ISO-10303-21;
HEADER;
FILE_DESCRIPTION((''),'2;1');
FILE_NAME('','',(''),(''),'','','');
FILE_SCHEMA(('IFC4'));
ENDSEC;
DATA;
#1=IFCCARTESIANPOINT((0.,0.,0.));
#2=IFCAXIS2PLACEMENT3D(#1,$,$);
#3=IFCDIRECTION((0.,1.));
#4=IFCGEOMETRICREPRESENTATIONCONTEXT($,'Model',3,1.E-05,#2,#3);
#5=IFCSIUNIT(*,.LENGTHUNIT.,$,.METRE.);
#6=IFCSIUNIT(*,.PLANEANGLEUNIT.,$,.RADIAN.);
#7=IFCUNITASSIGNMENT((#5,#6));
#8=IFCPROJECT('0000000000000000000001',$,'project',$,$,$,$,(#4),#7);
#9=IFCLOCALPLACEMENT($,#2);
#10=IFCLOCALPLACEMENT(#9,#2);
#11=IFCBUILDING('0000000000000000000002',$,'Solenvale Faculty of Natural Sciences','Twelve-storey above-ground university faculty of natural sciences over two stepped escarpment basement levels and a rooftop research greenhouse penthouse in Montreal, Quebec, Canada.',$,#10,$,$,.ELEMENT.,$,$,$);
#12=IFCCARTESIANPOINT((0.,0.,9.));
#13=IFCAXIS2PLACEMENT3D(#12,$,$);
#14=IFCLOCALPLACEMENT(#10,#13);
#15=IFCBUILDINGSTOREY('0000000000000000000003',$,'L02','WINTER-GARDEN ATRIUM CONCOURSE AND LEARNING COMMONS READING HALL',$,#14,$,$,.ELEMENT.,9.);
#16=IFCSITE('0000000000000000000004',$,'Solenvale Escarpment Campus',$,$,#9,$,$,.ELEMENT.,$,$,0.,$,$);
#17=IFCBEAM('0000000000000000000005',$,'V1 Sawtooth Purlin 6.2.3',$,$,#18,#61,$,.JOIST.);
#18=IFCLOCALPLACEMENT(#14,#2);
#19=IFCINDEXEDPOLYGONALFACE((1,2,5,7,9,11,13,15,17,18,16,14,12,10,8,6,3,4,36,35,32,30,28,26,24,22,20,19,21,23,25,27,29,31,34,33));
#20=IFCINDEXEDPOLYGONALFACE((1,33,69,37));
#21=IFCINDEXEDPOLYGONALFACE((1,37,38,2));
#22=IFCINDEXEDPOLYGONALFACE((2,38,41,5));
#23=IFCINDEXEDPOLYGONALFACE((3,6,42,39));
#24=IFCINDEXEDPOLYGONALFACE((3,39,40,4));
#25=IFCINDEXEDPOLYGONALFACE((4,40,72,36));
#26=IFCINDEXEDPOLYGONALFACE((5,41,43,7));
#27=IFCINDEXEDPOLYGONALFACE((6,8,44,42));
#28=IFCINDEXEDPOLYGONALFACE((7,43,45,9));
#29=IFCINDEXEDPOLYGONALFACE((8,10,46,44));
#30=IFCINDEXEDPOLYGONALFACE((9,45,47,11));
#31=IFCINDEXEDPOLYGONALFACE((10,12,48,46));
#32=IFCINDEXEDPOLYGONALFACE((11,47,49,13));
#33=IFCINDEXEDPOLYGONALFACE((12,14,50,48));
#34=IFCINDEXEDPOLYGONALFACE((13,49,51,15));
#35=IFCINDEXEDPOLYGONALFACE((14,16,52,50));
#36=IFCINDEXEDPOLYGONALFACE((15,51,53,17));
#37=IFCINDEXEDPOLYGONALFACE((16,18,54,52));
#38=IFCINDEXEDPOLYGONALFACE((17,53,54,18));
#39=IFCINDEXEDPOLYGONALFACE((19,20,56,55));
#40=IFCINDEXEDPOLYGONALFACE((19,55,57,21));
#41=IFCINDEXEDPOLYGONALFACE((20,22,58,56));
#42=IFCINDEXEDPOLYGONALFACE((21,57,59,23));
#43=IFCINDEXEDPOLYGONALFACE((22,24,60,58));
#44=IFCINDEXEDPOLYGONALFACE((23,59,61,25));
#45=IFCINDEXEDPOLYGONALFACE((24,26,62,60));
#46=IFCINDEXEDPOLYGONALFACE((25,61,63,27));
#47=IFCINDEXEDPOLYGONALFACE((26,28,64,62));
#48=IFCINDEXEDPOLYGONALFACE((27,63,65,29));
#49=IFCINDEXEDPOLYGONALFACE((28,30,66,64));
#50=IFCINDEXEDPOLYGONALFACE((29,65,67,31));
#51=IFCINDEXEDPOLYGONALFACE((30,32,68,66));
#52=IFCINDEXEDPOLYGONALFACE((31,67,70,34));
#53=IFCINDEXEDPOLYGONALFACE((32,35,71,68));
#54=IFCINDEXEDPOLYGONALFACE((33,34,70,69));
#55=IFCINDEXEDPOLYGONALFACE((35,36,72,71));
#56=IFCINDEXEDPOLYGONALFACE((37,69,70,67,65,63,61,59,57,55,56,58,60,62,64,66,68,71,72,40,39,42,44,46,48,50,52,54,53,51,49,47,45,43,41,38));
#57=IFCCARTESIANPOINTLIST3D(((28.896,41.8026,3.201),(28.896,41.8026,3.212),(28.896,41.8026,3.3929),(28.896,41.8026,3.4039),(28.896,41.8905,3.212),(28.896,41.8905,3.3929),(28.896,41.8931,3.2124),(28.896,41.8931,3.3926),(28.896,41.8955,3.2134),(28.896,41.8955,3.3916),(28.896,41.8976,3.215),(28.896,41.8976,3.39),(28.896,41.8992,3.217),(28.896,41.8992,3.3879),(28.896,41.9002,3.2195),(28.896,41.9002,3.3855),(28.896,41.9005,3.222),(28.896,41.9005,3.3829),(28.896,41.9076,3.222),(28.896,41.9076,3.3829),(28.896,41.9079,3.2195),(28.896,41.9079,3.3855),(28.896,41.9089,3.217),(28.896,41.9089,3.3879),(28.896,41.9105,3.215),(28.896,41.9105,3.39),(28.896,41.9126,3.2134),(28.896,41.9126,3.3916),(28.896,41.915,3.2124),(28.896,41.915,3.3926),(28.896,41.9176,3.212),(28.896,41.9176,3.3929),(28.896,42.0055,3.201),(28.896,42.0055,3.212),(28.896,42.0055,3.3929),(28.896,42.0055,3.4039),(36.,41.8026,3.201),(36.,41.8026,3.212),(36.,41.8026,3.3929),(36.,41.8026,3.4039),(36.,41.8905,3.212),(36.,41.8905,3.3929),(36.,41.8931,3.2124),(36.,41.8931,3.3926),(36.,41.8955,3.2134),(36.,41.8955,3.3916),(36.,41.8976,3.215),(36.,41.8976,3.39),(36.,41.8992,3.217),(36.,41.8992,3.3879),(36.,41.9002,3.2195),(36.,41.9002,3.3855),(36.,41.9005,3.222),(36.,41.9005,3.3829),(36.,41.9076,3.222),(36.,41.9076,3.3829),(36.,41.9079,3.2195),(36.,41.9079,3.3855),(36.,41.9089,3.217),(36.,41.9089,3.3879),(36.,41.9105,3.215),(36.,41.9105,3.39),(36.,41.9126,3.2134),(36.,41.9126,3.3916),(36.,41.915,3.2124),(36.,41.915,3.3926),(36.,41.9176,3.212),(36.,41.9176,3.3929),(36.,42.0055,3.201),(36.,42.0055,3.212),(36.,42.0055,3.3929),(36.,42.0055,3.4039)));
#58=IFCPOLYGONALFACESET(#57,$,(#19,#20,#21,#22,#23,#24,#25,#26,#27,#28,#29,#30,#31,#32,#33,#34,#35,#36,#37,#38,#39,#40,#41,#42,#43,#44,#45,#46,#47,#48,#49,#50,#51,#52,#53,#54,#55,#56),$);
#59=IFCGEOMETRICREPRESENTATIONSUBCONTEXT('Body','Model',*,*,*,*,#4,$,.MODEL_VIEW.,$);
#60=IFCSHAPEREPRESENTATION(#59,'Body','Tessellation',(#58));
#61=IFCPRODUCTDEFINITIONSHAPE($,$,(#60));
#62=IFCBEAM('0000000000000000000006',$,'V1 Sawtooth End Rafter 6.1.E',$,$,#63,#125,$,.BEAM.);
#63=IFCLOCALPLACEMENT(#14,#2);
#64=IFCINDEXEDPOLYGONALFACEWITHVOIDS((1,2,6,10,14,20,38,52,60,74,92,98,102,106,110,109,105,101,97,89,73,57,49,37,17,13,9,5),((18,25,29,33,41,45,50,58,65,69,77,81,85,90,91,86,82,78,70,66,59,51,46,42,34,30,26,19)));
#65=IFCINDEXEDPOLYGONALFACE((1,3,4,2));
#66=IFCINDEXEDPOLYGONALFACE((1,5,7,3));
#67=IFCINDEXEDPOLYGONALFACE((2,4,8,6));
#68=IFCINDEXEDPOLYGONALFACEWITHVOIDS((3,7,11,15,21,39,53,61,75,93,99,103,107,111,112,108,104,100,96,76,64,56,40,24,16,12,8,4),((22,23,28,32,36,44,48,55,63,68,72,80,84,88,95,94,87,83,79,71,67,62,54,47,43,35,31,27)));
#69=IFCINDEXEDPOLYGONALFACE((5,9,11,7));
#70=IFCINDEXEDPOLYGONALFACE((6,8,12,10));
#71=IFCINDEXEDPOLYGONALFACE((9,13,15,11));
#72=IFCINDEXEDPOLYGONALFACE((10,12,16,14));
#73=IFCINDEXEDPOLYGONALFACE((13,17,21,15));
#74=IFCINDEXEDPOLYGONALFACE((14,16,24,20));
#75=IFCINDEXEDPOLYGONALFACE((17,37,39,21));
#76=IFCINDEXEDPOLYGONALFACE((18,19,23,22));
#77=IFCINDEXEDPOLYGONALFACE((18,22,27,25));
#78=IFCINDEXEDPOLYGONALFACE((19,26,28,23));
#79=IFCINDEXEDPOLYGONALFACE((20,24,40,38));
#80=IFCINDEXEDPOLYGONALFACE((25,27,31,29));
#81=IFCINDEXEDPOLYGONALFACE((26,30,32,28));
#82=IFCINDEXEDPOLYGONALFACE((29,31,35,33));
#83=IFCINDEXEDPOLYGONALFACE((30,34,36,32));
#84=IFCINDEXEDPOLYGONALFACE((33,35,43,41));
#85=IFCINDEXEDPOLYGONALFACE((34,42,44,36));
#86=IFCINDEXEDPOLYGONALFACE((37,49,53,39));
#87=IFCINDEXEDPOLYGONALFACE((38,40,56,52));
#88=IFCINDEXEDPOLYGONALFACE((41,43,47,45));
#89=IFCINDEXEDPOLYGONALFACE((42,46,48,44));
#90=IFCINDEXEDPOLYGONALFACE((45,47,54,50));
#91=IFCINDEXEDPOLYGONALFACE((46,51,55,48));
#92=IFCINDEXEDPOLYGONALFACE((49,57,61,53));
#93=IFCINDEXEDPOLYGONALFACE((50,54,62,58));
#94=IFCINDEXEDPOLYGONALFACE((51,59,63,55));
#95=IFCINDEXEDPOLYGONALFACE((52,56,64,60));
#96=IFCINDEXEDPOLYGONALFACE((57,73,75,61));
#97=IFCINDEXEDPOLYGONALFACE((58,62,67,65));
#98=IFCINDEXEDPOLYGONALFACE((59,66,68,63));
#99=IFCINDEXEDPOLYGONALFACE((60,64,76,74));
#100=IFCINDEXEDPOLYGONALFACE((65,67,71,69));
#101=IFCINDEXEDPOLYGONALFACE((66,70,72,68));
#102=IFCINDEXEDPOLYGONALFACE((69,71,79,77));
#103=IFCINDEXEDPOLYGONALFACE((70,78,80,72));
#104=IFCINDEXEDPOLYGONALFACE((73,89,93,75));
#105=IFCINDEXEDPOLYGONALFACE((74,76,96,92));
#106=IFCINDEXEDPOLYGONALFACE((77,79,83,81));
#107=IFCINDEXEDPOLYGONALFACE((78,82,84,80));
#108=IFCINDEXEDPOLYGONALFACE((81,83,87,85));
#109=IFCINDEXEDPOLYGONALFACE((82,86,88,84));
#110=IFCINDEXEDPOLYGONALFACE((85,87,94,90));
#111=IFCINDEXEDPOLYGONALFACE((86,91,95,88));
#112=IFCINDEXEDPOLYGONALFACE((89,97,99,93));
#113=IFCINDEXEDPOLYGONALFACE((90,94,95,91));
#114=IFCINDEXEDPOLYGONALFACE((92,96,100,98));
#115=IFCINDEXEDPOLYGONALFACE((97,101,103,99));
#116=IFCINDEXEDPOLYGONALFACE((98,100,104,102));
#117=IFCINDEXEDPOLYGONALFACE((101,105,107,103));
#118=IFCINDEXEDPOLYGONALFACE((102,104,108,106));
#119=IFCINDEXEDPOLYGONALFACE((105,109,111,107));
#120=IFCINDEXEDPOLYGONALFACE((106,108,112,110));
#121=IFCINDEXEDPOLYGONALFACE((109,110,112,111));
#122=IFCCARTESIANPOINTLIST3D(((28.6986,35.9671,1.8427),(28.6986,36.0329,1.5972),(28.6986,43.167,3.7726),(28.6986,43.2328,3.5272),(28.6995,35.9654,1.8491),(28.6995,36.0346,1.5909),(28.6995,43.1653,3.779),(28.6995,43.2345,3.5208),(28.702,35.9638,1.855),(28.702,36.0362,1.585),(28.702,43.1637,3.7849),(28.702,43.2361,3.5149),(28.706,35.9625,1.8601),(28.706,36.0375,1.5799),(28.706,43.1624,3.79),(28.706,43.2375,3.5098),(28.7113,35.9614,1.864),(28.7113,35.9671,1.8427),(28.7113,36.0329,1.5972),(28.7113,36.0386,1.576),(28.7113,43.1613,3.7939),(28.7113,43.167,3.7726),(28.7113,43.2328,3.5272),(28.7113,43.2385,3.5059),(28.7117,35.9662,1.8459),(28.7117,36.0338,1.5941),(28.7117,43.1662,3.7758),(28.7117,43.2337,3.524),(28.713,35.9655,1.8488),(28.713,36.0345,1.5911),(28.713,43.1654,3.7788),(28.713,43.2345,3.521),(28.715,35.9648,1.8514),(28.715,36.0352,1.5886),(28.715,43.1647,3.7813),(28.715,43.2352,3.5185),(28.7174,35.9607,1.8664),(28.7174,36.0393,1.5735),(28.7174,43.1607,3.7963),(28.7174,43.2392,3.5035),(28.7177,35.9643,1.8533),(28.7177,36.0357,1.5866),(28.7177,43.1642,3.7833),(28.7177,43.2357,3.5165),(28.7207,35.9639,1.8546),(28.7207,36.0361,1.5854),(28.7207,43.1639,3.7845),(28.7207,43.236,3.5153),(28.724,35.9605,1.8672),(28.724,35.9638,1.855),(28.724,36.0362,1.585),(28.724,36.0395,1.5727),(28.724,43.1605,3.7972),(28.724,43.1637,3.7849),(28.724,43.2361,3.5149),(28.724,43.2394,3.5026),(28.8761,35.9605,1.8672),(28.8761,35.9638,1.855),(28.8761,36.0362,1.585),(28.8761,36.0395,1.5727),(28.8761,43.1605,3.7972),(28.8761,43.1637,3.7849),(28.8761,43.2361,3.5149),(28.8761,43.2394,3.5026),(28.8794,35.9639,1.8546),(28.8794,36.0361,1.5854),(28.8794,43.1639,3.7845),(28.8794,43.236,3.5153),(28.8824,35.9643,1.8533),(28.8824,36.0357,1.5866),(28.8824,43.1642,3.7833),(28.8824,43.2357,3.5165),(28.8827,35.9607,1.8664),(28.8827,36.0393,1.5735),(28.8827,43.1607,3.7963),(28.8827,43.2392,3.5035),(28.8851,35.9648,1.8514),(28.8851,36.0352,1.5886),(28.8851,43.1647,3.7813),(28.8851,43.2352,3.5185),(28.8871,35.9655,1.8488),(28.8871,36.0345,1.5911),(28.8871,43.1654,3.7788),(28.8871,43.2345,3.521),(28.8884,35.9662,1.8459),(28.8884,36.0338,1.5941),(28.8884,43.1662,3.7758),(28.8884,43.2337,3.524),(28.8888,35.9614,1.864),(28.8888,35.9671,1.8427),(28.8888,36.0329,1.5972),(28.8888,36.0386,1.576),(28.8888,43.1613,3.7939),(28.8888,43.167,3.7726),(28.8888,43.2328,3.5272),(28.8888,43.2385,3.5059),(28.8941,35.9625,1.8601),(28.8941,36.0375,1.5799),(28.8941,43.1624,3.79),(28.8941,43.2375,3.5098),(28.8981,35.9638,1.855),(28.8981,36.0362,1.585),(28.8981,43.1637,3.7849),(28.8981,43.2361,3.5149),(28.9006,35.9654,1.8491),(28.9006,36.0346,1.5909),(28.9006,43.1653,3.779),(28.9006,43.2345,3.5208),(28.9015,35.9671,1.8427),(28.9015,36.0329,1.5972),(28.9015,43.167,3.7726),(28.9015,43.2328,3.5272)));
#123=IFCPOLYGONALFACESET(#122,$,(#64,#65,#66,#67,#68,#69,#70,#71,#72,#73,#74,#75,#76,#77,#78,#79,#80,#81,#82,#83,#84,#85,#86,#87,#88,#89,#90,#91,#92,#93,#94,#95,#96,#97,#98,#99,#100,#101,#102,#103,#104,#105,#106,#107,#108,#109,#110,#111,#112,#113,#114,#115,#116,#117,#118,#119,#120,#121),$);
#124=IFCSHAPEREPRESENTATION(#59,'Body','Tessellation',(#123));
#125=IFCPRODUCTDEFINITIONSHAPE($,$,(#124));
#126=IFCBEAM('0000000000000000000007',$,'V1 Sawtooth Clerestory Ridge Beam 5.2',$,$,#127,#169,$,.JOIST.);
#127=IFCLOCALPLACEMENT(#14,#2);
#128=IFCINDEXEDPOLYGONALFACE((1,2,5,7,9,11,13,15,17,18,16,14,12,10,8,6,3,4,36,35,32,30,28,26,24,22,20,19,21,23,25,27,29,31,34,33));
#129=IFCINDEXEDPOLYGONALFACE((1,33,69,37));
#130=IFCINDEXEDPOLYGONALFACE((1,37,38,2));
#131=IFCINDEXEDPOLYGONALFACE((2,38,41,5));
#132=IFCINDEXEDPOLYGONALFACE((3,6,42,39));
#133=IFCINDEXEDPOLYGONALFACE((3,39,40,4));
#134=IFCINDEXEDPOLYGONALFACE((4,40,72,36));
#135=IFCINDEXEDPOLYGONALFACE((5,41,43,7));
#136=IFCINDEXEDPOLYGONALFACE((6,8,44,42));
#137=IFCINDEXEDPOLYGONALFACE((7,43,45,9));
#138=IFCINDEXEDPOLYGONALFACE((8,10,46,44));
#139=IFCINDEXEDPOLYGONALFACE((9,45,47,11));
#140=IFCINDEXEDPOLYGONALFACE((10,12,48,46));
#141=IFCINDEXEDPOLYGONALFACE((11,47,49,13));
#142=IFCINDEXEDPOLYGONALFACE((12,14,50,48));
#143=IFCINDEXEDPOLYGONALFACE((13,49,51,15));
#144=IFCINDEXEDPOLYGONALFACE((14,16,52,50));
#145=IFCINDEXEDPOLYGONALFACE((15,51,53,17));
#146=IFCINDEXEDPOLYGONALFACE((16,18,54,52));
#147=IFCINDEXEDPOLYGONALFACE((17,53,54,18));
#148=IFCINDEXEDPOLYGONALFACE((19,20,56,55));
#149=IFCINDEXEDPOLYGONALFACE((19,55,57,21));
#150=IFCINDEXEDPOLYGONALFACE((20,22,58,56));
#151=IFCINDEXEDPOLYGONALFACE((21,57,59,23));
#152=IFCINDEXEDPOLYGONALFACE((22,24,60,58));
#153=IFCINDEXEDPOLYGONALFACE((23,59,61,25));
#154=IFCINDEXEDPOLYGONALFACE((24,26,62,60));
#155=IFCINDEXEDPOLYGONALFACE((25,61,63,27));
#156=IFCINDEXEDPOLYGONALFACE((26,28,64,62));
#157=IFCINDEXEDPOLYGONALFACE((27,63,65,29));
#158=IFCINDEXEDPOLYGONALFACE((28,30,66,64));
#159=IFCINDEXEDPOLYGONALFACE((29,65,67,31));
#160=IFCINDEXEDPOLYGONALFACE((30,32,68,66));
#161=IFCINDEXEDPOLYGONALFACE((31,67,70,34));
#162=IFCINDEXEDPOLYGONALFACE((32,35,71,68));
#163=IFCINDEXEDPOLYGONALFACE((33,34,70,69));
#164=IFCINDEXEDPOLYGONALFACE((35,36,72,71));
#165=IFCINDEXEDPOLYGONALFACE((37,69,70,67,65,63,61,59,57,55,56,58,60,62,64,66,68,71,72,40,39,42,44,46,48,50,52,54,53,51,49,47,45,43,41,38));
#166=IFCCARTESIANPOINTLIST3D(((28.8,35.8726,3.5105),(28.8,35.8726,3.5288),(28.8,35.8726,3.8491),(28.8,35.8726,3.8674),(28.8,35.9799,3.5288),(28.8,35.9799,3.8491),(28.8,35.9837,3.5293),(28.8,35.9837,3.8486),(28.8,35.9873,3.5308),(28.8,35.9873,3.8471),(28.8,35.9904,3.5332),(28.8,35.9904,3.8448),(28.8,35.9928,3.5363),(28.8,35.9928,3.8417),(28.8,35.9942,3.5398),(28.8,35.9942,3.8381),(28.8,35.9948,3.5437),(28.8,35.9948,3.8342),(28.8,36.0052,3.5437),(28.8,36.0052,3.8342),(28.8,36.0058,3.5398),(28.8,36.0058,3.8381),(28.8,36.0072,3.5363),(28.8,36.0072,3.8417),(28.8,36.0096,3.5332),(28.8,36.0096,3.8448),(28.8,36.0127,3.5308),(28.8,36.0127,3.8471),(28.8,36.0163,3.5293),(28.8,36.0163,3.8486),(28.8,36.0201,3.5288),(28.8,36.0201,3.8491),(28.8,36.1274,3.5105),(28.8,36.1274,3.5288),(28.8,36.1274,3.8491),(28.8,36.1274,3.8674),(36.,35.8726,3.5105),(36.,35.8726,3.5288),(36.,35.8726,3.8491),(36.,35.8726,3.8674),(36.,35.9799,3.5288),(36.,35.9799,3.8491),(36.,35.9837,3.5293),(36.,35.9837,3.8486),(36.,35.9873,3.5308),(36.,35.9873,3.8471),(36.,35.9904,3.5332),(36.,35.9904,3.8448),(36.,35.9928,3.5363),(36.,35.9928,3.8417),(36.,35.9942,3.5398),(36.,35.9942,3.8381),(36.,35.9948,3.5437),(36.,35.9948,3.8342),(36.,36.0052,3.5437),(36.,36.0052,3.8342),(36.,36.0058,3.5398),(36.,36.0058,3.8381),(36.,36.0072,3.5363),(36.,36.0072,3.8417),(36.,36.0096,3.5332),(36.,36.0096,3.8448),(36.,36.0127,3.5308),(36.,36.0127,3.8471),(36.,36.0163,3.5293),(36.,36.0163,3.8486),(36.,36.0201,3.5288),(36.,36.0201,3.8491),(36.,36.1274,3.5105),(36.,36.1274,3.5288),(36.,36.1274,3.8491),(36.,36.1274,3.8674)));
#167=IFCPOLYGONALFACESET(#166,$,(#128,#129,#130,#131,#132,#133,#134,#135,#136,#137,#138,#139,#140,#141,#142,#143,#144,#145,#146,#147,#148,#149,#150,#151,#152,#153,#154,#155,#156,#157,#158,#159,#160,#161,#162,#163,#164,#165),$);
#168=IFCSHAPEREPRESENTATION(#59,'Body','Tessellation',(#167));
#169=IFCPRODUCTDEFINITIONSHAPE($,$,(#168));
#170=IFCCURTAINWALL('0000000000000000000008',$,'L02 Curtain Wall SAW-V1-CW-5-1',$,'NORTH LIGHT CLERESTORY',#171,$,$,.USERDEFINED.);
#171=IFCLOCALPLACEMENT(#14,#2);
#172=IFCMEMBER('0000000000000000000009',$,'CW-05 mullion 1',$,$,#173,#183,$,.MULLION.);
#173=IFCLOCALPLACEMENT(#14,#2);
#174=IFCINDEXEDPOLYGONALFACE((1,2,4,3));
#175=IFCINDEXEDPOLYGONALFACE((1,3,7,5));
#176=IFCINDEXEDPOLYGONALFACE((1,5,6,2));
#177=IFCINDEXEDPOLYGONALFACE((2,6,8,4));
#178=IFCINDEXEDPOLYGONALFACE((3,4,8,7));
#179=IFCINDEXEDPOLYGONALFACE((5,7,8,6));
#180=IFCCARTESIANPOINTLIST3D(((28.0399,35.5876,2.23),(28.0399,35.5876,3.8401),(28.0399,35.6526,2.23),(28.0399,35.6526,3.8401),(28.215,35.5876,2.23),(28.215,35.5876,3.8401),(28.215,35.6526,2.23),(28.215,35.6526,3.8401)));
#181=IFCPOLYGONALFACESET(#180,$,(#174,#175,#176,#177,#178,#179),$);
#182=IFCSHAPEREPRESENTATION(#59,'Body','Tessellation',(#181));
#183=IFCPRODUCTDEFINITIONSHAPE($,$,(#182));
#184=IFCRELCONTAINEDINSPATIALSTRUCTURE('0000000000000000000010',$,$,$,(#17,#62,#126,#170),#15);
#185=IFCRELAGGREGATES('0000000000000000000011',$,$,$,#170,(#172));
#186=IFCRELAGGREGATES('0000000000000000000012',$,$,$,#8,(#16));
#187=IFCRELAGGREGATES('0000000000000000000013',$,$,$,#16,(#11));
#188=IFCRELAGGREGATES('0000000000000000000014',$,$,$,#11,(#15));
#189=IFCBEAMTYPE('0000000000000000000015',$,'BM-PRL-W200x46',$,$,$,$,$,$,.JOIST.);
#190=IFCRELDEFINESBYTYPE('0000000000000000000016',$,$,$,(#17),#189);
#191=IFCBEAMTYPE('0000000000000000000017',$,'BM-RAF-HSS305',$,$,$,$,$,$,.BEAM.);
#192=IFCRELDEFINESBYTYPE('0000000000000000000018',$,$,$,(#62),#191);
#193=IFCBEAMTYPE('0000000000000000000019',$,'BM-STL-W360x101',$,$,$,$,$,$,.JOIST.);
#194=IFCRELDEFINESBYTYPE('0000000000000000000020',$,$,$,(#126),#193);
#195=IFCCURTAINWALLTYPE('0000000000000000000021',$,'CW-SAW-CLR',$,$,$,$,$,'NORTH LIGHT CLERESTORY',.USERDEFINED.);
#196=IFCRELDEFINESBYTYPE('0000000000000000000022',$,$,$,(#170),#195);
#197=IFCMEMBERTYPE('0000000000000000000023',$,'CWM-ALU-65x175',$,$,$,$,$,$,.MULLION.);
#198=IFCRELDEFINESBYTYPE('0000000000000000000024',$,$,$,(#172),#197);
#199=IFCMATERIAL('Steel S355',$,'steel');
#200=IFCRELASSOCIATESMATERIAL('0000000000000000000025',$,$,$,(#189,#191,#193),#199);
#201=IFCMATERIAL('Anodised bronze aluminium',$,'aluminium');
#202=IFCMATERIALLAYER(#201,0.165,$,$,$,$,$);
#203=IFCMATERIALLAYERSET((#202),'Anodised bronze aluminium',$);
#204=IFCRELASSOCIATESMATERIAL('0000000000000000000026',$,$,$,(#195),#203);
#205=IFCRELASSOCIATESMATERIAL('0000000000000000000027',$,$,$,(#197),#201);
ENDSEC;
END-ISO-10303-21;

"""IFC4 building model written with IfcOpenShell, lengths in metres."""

from ifc_helpers import new_model, si_unit, direction, frame, origin, origin_2d, place, context, subcontext, project, spatial, rectangle, hollow_rectangle, i_section, extrude, material, layer, layer_set, material_profile, profile_set, type_object, element, aggregate, save


model = new_model("IFC4")

# Units and contexts
model_context = context("Model", 3, precision=1e-05, world=origin(), true_north=direction((0.0, 1.0)))
body_context = subcontext(model_context, "Body", "Model", "MODEL_VIEW")
ifc_project = project(units=[si_unit("LENGTHUNIT", "METRE"), si_unit("PLANEANGLEUNIT", "RADIAN")], contexts=[model_context])

# Site, building, storey
site_placement = place(None, origin())
site = spatial("IfcSite", under=ifc_project, at=site_placement, Name="Solenvale Escarpment Campus", CompositionType="ELEMENT", RefElevation=0.0)
building_placement = place(site_placement, origin())
building = spatial("IfcBuilding", under=site, at=building_placement, Name="Solenvale Faculty of Natural Sciences", Description="Twelve-storey above-ground university faculty of natural sciences over two stepped escarpment basement levels and a rooftop research greenhouse penthouse in Montreal, Quebec, Canada.", CompositionType="ELEMENT")
storey_placement = place(building_placement, frame((0.0, 0.0, 9.0)))
storey = spatial("IfcBuildingStorey", under=building, at=storey_placement, Name="L02", Description="WINTER-GARDEN ATRIUM CONCOURSE AND LEARNING COMMONS READING HALL", CompositionType="ELEMENT", Elevation=9.0)

# Shared definitions
ifc_material_1 = material(Name="Steel S355", Category="steel")

# Beams
ifc_material_profile_1 = material_profile(ifc_material_1, i_section(OverallWidth=0.2029, OverallDepth=0.2029, WebThickness=0.0071, FlangeThickness=0.011, FilletRadius=0.01, at=origin_2d()), Name="W200x46")
ifc_profile_set_1 = profile_set([ifc_material_profile_1], Name="Steel S355")
beam_type_1 = type_object("IfcBeamType", Name="BM-PRL-W200x46", PredefinedType="JOIST", material=ifc_profile_set_1)
for number, where, z_axis, x_axis, name in (
    (1, (28.896, 41.9041, 3.3025), (1.0, 0.0, 0.0), (0.0, 1.0, 0.0), "V1 Sawtooth Purlin 6.2.3"),
):
    element("IfcBeam", number, at=place(storey_placement, frame(where, z_axis=z_axis, x_axis=x_axis)), inside=storey, type_object=beam_type_1, Name=name, PredefinedType="JOIST", context=body_context, shape_type="SweptSolid", body=[
        extrude(i_section(OverallWidth=0.2029, OverallDepth=0.2029, WebThickness=0.0071, FlangeThickness=0.011, FilletRadius=0.01, at=origin_2d()), origin(), (0.0, 0.0, 1.0), 7.104),
    ])
ifc_material_profile_2 = material_profile(ifc_material_1, hollow_rectangle(XDim=0.2029, YDim=0.3049, WallThickness=0.0127, InnerFilletRadius=0.0127, OuterFilletRadius=0.0254, at=origin_2d()), Name="HSS305x203x13")
ifc_profile_set_2 = profile_set([ifc_material_profile_2], Name="Steel S355")
beam_type_2 = type_object("IfcBeamType", Name="BM-RAF-HSS305", PredefinedType="BEAM", material=ifc_profile_set_2)
beam_1_placement = place(storey_placement, frame((28.8, 36.0, 1.72), z_axis=(0.0, 0.965902, 0.258908), x_axis=(-1.0, 0.0, 0.0)))
element("IfcBeam", 2, at=beam_1_placement, inside=storey, type_object=beam_type_2, Name="V1 Sawtooth End Rafter 6.1.E", PredefinedType="BEAM", context=body_context, shape_type="SweptSolid", body=[
    extrude(hollow_rectangle(XDim=0.2029, YDim=0.3049, WallThickness=0.0127, InnerFilletRadius=0.0127, OuterFilletRadius=0.0254, at=origin_2d()), origin(), (0.0, 0.0, 1.0), 7.4541),
])
ifc_material_profile_3 = material_profile(ifc_material_1, i_section(OverallWidth=0.2549, OverallDepth=0.3569, WebThickness=0.0105, FlangeThickness=0.0183, FilletRadius=0.0149, at=origin_2d()), Name="W360x101")
ifc_profile_set_3 = profile_set([ifc_material_profile_3], Name="Steel S355")
beam_type_3 = type_object("IfcBeamType", Name="BM-STL-W360x101", PredefinedType="JOIST", material=ifc_profile_set_3)
beam_2_placement = place(storey_placement, frame((28.8, 36.0, 3.689), z_axis=(1.0, 0.0, 0.0), x_axis=(0.0, 1.0, 0.0)))
element("IfcBeam", 3, at=beam_2_placement, inside=storey, type_object=beam_type_3, Name="V1 Sawtooth Clerestory Ridge Beam 5.2", PredefinedType="JOIST", context=body_context, shape_type="SweptSolid", body=[
    extrude(i_section(OverallWidth=0.2549, OverallDepth=0.3569, WebThickness=0.0105, FlangeThickness=0.0183, FilletRadius=0.0149, at=origin_2d()), origin(), (0.0, 0.0, 1.0), 7.2),
])

# Curtain wall, member
ifc_material_2 = material(Name="Anodised bronze aluminium", Category="aluminium")
ifc_layer_1 = layer(ifc_material_2, 0.165)
ifc_layer_set_1 = layer_set([ifc_layer_1], Name="Anodised bronze aluminium")
curtain_wall_type = type_object("IfcCurtainWallType", Name="CW-SAW-CLR", ElementType="NORTH LIGHT CLERESTORY", PredefinedType="USERDEFINED", material=ifc_layer_set_1)
curtain_wall_1_placement = place(storey_placement, origin())
curtain_wall_1 = element("IfcCurtainWall", 4, at=curtain_wall_1_placement, inside=storey, type_object=curtain_wall_type, Name="L02 Curtain Wall SAW-V1-CW-5-1", ObjectType="NORTH LIGHT CLERESTORY", PredefinedType="USERDEFINED")
ifc_material_profile_4 = material_profile(ifc_material_2, rectangle(XDim=0.0649, YDim=0.175, at=origin_2d()), Name="ALU-MUL-65x175")
ifc_profile_set_4 = profile_set([ifc_material_profile_4], Name="Anodised bronze aluminium")
member_type_1 = type_object("IfcMemberType", Name="CWM-ALU-65x175", PredefinedType="MULLION", material=ifc_profile_set_4)
member_1_placement = place(storey_placement, frame((28.1274, 35.6201, 2.23), z_axis=(0.0, 0.0, 1.0), x_axis=(0.0, -1.0, 0.0)))
member_1 = element("IfcMember", 5, at=member_1_placement, type_object=member_type_1, Name="CW-05 mullion 1", PredefinedType="MULLION", context=body_context, shape_type="SweptSolid", body=[
    extrude(rectangle(XDim=0.0649, YDim=0.175, at=origin_2d()), origin(), (0.0, 0.0, 1.0), 1.6101),
])

aggregate(curtain_wall_1, [member_1])

save(model, "model.ifc")
